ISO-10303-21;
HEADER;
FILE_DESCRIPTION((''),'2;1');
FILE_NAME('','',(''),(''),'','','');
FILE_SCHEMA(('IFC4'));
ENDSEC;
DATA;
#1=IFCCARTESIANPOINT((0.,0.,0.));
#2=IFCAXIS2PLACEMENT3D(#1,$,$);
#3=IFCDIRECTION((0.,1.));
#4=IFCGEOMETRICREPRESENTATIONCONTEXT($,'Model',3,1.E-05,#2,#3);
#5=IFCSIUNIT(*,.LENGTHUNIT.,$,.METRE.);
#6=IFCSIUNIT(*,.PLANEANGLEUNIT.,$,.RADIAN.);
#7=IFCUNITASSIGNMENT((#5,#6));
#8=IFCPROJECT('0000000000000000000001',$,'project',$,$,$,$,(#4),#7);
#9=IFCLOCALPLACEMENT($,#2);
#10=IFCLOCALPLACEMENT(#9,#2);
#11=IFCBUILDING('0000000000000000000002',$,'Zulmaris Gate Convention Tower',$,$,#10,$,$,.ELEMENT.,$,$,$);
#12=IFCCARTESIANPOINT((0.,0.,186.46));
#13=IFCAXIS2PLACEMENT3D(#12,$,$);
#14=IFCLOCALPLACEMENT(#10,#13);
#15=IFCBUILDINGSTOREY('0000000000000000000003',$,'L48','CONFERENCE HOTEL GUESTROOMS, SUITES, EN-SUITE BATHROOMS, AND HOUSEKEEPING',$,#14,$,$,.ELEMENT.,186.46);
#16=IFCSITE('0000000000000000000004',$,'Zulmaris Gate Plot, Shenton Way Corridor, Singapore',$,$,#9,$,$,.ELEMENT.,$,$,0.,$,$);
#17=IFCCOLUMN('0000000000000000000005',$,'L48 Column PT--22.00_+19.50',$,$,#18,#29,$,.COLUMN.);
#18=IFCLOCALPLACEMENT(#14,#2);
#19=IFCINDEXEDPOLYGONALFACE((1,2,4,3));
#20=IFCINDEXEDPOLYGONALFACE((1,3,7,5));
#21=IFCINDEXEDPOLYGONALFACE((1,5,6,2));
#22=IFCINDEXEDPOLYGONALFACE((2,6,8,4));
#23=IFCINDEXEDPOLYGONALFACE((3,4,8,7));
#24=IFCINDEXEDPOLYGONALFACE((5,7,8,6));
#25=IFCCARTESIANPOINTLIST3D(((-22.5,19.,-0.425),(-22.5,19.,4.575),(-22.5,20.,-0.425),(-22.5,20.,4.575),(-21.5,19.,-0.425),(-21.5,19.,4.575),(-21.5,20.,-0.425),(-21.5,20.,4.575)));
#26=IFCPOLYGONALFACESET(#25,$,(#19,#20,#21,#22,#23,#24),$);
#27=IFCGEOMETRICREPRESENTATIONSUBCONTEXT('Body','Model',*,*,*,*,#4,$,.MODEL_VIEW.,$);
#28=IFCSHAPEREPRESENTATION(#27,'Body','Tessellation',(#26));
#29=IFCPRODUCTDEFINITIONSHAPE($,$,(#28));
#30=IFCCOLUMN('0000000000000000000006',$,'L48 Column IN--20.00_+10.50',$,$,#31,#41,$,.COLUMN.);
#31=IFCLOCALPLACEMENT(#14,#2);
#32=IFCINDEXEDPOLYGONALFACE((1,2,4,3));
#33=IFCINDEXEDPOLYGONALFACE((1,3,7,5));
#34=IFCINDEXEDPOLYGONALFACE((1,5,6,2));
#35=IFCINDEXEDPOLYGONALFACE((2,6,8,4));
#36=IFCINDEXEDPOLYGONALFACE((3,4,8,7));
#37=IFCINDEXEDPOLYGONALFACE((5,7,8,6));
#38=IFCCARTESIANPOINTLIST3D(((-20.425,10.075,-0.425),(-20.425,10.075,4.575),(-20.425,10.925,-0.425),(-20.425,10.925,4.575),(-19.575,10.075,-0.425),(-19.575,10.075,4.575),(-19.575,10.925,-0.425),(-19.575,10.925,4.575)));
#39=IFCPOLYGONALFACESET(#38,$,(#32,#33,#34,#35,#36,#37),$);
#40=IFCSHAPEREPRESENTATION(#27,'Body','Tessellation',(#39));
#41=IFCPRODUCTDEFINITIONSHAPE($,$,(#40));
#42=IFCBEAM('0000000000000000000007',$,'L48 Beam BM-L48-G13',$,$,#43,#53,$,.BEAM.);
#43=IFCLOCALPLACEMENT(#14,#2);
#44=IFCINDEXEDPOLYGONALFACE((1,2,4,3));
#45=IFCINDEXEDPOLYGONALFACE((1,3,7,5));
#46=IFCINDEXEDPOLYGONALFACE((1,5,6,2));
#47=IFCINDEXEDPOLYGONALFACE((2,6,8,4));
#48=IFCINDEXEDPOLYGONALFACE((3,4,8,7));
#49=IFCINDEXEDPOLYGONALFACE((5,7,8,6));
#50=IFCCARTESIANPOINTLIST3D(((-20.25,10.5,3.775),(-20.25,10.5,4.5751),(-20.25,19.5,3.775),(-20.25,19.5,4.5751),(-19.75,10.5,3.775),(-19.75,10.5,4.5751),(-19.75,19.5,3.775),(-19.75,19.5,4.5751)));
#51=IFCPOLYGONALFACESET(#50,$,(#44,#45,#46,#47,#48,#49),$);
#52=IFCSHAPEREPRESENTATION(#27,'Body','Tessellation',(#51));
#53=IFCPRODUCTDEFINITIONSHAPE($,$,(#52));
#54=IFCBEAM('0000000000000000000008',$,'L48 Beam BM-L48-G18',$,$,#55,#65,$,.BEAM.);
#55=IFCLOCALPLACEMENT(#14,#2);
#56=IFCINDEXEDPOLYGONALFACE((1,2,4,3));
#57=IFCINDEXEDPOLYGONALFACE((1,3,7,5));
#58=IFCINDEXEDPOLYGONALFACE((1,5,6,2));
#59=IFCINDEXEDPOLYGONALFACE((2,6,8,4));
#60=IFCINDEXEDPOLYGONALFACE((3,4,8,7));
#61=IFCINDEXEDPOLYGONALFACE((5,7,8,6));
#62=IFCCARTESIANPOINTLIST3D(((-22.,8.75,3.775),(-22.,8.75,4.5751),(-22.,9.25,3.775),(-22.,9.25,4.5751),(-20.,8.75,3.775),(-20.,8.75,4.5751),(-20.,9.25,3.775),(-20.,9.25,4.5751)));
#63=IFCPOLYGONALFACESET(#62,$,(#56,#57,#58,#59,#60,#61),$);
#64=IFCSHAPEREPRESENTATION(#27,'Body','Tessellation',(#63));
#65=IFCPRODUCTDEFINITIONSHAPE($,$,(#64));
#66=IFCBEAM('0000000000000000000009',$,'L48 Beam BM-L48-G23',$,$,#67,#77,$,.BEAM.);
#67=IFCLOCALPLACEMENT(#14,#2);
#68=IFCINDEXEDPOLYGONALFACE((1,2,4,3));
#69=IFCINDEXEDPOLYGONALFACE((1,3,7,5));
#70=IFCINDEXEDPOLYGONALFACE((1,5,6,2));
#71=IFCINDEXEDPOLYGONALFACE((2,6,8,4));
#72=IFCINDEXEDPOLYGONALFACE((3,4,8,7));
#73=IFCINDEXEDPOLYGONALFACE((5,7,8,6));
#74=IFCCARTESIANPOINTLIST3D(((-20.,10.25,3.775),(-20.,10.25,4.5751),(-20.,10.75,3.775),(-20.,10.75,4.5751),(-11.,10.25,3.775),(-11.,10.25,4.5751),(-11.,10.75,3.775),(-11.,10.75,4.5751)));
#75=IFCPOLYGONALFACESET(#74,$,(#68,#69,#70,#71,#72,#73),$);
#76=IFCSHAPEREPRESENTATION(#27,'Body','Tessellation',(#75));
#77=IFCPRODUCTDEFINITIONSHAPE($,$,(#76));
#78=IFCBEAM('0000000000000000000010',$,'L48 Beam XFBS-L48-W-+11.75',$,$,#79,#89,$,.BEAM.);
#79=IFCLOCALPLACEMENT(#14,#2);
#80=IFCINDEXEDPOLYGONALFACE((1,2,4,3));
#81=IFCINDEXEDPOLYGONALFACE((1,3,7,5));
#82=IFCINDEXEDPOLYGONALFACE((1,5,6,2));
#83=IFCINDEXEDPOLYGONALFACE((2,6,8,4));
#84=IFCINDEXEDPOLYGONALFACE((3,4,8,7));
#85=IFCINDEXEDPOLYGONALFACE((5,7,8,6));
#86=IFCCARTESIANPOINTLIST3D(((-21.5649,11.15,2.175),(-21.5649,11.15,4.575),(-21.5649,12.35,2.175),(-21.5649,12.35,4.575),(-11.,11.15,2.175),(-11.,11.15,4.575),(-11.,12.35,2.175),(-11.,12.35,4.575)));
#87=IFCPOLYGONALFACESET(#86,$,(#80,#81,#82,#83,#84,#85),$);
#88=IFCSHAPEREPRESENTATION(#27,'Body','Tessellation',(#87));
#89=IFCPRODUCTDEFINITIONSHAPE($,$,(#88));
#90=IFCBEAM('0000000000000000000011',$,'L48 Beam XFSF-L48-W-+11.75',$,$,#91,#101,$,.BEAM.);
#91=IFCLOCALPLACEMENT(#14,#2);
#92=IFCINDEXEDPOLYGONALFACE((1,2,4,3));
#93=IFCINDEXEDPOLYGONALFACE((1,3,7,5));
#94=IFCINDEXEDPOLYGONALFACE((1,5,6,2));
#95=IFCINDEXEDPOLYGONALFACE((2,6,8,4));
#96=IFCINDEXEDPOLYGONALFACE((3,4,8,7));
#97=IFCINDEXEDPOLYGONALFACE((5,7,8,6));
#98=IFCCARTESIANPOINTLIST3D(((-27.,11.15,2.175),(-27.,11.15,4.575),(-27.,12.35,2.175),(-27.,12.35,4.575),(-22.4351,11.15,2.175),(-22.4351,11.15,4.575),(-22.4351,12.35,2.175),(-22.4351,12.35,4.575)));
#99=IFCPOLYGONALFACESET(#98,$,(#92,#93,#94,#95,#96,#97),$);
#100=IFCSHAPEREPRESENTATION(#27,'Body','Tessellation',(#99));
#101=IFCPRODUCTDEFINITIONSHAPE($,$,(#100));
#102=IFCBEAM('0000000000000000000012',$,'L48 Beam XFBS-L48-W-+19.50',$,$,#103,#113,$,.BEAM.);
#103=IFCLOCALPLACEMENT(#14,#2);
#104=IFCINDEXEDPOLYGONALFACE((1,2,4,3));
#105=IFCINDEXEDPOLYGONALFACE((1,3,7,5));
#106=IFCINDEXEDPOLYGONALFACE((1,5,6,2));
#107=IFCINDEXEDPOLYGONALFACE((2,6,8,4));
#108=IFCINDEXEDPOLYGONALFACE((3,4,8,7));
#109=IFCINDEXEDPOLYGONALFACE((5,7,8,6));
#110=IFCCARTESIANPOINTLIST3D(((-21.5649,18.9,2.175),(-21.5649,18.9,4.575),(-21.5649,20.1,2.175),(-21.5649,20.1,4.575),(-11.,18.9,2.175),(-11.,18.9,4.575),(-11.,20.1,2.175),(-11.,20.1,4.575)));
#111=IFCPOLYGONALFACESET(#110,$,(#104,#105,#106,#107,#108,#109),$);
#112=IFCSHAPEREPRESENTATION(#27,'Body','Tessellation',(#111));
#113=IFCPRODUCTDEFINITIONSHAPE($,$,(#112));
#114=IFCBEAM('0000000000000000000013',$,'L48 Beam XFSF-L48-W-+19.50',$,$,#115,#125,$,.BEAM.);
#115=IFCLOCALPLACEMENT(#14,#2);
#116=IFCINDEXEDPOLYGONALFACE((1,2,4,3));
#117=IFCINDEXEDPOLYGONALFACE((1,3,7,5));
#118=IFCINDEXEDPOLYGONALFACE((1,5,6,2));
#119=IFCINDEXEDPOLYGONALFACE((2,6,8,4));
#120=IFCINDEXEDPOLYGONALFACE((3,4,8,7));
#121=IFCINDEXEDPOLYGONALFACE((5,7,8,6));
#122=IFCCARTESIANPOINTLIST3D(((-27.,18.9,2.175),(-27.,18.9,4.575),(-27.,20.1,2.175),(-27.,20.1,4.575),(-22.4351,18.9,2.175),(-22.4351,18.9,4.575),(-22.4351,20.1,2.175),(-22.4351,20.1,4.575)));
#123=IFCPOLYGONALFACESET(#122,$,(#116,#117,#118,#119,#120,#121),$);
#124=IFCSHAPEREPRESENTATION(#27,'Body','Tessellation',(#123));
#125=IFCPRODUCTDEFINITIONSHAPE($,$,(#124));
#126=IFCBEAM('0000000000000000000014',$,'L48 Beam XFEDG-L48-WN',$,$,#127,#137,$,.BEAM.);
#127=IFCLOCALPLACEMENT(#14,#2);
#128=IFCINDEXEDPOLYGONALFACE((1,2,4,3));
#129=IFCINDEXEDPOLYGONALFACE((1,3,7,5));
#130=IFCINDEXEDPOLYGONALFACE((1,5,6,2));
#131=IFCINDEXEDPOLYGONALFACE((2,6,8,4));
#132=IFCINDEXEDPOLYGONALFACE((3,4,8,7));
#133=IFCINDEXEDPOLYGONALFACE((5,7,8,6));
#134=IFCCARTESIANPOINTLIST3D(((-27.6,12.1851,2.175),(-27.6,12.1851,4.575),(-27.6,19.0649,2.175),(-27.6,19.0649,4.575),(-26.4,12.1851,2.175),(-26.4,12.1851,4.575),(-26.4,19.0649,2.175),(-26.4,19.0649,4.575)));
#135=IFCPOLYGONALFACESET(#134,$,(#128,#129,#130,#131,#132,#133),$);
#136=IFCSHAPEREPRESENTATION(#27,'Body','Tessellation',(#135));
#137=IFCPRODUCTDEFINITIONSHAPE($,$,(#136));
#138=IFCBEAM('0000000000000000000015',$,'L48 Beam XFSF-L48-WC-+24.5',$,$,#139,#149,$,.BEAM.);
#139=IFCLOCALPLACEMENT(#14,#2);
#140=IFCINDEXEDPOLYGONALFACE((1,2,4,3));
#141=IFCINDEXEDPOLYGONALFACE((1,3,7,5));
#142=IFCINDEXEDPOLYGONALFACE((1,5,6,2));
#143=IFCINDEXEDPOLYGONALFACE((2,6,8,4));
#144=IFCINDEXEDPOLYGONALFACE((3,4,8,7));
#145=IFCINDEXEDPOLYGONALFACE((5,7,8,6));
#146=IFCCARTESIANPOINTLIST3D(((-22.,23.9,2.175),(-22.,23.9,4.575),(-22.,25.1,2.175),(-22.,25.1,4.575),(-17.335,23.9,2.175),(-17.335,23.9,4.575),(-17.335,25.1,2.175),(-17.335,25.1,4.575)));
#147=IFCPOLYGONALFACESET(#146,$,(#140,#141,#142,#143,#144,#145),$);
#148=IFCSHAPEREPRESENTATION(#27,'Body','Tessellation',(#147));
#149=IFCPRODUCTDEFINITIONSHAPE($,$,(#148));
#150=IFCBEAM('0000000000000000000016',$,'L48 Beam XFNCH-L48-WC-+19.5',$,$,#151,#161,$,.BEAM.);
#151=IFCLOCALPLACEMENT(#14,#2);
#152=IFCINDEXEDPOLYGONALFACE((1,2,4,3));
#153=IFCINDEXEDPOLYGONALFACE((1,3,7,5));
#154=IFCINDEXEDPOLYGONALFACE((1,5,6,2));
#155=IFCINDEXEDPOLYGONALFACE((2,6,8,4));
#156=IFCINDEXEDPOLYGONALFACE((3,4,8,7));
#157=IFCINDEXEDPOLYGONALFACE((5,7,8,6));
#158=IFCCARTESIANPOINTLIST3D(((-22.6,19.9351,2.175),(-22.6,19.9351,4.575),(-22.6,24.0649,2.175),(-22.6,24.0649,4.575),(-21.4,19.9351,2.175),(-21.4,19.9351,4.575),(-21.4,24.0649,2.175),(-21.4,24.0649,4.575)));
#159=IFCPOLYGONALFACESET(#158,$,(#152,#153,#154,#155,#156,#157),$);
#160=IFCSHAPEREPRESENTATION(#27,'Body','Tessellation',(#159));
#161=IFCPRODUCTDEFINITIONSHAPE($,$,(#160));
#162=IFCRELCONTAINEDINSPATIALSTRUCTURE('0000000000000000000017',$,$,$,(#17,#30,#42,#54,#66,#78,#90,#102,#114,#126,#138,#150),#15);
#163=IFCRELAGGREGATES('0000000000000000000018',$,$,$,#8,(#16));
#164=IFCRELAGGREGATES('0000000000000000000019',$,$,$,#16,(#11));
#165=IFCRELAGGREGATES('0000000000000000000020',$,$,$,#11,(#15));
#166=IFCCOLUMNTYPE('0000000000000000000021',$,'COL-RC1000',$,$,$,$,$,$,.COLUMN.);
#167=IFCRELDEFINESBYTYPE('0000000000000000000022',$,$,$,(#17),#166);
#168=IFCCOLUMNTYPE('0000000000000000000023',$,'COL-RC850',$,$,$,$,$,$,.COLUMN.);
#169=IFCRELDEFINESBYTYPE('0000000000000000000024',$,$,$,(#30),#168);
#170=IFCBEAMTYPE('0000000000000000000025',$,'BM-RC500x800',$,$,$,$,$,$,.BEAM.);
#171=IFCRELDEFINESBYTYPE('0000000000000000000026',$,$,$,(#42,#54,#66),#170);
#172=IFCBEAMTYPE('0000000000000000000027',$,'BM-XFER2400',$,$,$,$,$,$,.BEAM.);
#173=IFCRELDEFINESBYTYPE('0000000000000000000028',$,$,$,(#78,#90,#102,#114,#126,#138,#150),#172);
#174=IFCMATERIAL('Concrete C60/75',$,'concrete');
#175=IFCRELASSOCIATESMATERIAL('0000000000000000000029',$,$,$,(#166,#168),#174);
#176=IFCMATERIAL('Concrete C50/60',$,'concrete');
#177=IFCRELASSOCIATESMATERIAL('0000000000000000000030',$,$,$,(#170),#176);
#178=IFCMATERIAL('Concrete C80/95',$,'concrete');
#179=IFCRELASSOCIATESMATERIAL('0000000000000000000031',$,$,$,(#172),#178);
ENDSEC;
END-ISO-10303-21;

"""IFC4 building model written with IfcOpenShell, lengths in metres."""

from ifc_helpers import new_model, si_unit, direction, frame, origin, origin_2d, place, context, subcontext, project, spatial, rectangle, extrude, material, material_profile, profile_set, type_object, element, save


model = new_model("IFC4")

# Units and contexts
model_context = context("Model", 3, precision=1e-05, world=origin(), true_north=direction((0.0, 1.0)))
body_context = subcontext(model_context, "Body", "Model", "MODEL_VIEW")
ifc_project = project(units=[si_unit("LENGTHUNIT", "METRE"), si_unit("PLANEANGLEUNIT", "RADIAN")], contexts=[model_context])

# Site, building, storey
site_placement = place(None, origin())
site = spatial("IfcSite", under=ifc_project, at=site_placement, Name="Zulmaris Gate Plot, Shenton Way Corridor, Singapore", CompositionType="ELEMENT", RefElevation=0.0)
building_placement = place(site_placement, origin())
building = spatial("IfcBuilding", under=site, at=building_placement, Name="Zulmaris Gate Convention Tower", CompositionType="ELEMENT")
storey_placement = place(building_placement, frame((0.0, 0.0, 186.46)))
storey = spatial("IfcBuildingStorey", under=building, at=storey_placement, Name="L48", Description="CONFERENCE HOTEL GUESTROOMS, SUITES, EN-SUITE BATHROOMS, AND HOUSEKEEPING", CompositionType="ELEMENT", Elevation=186.46)

# Columns
ifc_material_1 = material(Name="Concrete C60/75", Category="concrete")
ifc_material_profile_1 = material_profile(ifc_material_1, rectangle(XDim=1.0, YDim=1.0, at=origin_2d()), Name="RC COL 1000x1000")
ifc_profile_set_1 = profile_set([ifc_material_profile_1], Name="Concrete C60/75")
column_type_1 = type_object("IfcColumnType", Name="COL-RC1000", PredefinedType="COLUMN", material=ifc_profile_set_1)
column_1_placement = place(storey_placement, frame((-22.0, 19.5, -0.425), z_axis=(0.0, 0.0, 1.0), x_axis=(1.0, 0.0, 0.0)))
element("IfcColumn", 1, at=column_1_placement, inside=storey, type_object=column_type_1, Name="L48 Column PT--22.00_+19.50", PredefinedType="COLUMN", context=body_context, shape_type="SweptSolid", body=[
    extrude(rectangle(XDim=1.0, YDim=1.0, at=origin_2d()), origin(), (0.0, 0.0, 1.0), 5.0),
])
ifc_material_profile_2 = material_profile(ifc_material_1, rectangle(XDim=0.8501, YDim=0.8501, at=origin_2d()), Name="RC COL 850x850")
ifc_profile_set_2 = profile_set([ifc_material_profile_2], Name="Concrete C60/75")
column_type_2 = type_object("IfcColumnType", Name="COL-RC850", PredefinedType="COLUMN", material=ifc_profile_set_2)
column_2_placement = place(storey_placement, frame((-20.0, 10.5, -0.425), z_axis=(0.0, 0.0, 1.0), x_axis=(1.0, 0.0, 0.0)))
element("IfcColumn", 2, at=column_2_placement, inside=storey, type_object=column_type_2, Name="L48 Column IN--20.00_+10.50", PredefinedType="COLUMN", context=body_context, shape_type="SweptSolid", body=[
    extrude(rectangle(XDim=0.8501, YDim=0.8501, at=origin_2d()), origin(), (0.0, 0.0, 1.0), 5.0),
])

# Beams
ifc_material_2 = material(Name="Concrete C50/60", Category="concrete")
ifc_material_profile_3 = material_profile(ifc_material_2, rectangle(XDim=0.5, YDim=0.8, at=origin_2d()), Name="RC BEAM 500x800")
ifc_profile_set_3 = profile_set([ifc_material_profile_3], Name="Concrete C50/60")
beam_type_1 = type_object("IfcBeamType", Name="BM-RC500x800", PredefinedType="BEAM", material=ifc_profile_set_3)
beam_1_placement = place(storey_placement, frame((-20.0, 10.5, 4.175), z_axis=(0.0, 1.0, 0.0), x_axis=(-1.0, 0.0, 0.0)))
element("IfcBeam", 3, at=beam_1_placement, inside=storey, type_object=beam_type_1, Name="L48 Beam BM-L48-G13", PredefinedType="BEAM", context=body_context, shape_type="SweptSolid", body=[
    extrude(rectangle(XDim=0.5, YDim=0.8, at=origin_2d()), origin(), (0.0, 0.0, 1.0), 9.0),
])
beam_2_placement = place(storey_placement, frame((-22.0, 9.0, 4.175), z_axis=(1.0, 0.0, 0.0), x_axis=(0.0, 1.0, 0.0)))
element("IfcBeam", 4, at=beam_2_placement, inside=storey, type_object=beam_type_1, Name="L48 Beam BM-L48-G18", PredefinedType="BEAM", context=body_context, shape_type="SweptSolid", body=[
    extrude(rectangle(XDim=0.5, YDim=0.8, at=origin_2d()), origin(), (0.0, 0.0, 1.0), 2.0),
])
beam_3_placement = place(storey_placement, frame((-20.0, 10.5, 4.175), z_axis=(1.0, 0.0, 0.0), x_axis=(0.0, 1.0, 0.0)))
element("IfcBeam", 5, at=beam_3_placement, inside=storey, type_object=beam_type_1, Name="L48 Beam BM-L48-G23", PredefinedType="BEAM", context=body_context, shape_type="SweptSolid", body=[
    extrude(rectangle(XDim=0.5, YDim=0.8, at=origin_2d()), origin(), (0.0, 0.0, 1.0), 9.0),
])
ifc_material_3 = material(Name="Concrete C80/95", Category="concrete")
ifc_material_profile_4 = material_profile(ifc_material_3, rectangle(XDim=1.2, YDim=2.3999, at=origin_2d()), Name="RC TRANSFER 1200x2400")
ifc_profile_set_4 = profile_set([ifc_material_profile_4], Name="Concrete C80/95")
beam_type_2 = type_object("IfcBeamType", Name="BM-XFER2400", PredefinedType="BEAM", material=ifc_profile_set_4)
beam_4_placement = place(storey_placement, frame((-21.5649, 11.75, 3.375), z_axis=(1.0, 0.0, 0.0), x_axis=(0.0, 1.0, 0.0)))
element("IfcBeam", 6, at=beam_4_placement, inside=storey, type_object=beam_type_2, Name="L48 Beam XFBS-L48-W-+11.75", PredefinedType="BEAM", context=body_context, shape_type="SweptSolid", body=[
    extrude(rectangle(XDim=1.2, YDim=2.3999, at=origin_2d()), origin(), (0.0, 0.0, 1.0), 10.5649),
])
beam_5_placement = place(storey_placement, frame((-27.0, 11.75, 3.375), z_axis=(1.0, 0.0, 0.0), x_axis=(0.0, 1.0, 0.0)))
element("IfcBeam", 7, at=beam_5_placement, inside=storey, type_object=beam_type_2, Name="L48 Beam XFSF-L48-W-+11.75", PredefinedType="BEAM", context=body_context, shape_type="SweptSolid", body=[
    extrude(rectangle(XDim=1.2, YDim=2.3999, at=origin_2d()), origin(), (0.0, 0.0, 1.0), 4.5649),
])
beam_6_placement = place(storey_placement, frame((-21.5649, 19.5, 3.375), z_axis=(1.0, 0.0, 0.0), x_axis=(0.0, 1.0, 0.0)))
element("IfcBeam", 8, at=beam_6_placement, inside=storey, type_object=beam_type_2, Name="L48 Beam XFBS-L48-W-+19.50", PredefinedType="BEAM", context=body_context, shape_type="SweptSolid", body=[
    extrude(rectangle(XDim=1.2, YDim=2.3999, at=origin_2d()), origin(), (0.0, 0.0, 1.0), 10.5649),
])
beam_7_placement = place(storey_placement, frame((-27.0, 19.5, 3.375), z_axis=(1.0, 0.0, 0.0), x_axis=(0.0, 1.0, 0.0)))
element("IfcBeam", 9, at=beam_7_placement, inside=storey, type_object=beam_type_2, Name="L48 Beam XFSF-L48-W-+19.50", PredefinedType="BEAM", context=body_context, shape_type="SweptSolid", body=[
    extrude(rectangle(XDim=1.2, YDim=2.3999, at=origin_2d()), origin(), (0.0, 0.0, 1.0), 4.5649),
])
beam_8_placement = place(storey_placement, frame((-27.0, 12.1851, 3.375), z_axis=(0.0, 1.0, 0.0), x_axis=(-1.0, 0.0, 0.0)))
element("IfcBeam", 10, at=beam_8_placement, inside=storey, type_object=beam_type_2, Name="L48 Beam XFEDG-L48-WN", PredefinedType="BEAM", context=body_context, shape_type="SweptSolid", body=[
    extrude(rectangle(XDim=1.2, YDim=2.3999, at=origin_2d()), origin(), (0.0, 0.0, 1.0), 6.8799),
])
beam_9_placement = place(storey_placement, frame((-22.0, 24.5, 3.375), z_axis=(1.0, 0.0, 0.0), x_axis=(0.0, 1.0, 0.0)))
element("IfcBeam", 11, at=beam_9_placement, inside=storey, type_object=beam_type_2, Name="L48 Beam XFSF-L48-WC-+24.5", PredefinedType="BEAM", context=body_context, shape_type="SweptSolid", body=[
    extrude(rectangle(XDim=1.2, YDim=2.3999, at=origin_2d()), origin(), (0.0, 0.0, 1.0), 4.665),
])
beam_10_placement = place(storey_placement, frame((-22.0, 19.9351, 3.375), z_axis=(0.0, 1.0, 0.0), x_axis=(-1.0, 0.0, 0.0)))
element("IfcBeam", 12, at=beam_10_placement, inside=storey, type_object=beam_type_2, Name="L48 Beam XFNCH-L48-WC-+19.5", PredefinedType="BEAM", context=body_context, shape_type="SweptSolid", body=[
    extrude(rectangle(XDim=1.2, YDim=2.3999, at=origin_2d()), origin(), (0.0, 0.0, 1.0), 4.1299),
])

save(model, "model.ifc")
